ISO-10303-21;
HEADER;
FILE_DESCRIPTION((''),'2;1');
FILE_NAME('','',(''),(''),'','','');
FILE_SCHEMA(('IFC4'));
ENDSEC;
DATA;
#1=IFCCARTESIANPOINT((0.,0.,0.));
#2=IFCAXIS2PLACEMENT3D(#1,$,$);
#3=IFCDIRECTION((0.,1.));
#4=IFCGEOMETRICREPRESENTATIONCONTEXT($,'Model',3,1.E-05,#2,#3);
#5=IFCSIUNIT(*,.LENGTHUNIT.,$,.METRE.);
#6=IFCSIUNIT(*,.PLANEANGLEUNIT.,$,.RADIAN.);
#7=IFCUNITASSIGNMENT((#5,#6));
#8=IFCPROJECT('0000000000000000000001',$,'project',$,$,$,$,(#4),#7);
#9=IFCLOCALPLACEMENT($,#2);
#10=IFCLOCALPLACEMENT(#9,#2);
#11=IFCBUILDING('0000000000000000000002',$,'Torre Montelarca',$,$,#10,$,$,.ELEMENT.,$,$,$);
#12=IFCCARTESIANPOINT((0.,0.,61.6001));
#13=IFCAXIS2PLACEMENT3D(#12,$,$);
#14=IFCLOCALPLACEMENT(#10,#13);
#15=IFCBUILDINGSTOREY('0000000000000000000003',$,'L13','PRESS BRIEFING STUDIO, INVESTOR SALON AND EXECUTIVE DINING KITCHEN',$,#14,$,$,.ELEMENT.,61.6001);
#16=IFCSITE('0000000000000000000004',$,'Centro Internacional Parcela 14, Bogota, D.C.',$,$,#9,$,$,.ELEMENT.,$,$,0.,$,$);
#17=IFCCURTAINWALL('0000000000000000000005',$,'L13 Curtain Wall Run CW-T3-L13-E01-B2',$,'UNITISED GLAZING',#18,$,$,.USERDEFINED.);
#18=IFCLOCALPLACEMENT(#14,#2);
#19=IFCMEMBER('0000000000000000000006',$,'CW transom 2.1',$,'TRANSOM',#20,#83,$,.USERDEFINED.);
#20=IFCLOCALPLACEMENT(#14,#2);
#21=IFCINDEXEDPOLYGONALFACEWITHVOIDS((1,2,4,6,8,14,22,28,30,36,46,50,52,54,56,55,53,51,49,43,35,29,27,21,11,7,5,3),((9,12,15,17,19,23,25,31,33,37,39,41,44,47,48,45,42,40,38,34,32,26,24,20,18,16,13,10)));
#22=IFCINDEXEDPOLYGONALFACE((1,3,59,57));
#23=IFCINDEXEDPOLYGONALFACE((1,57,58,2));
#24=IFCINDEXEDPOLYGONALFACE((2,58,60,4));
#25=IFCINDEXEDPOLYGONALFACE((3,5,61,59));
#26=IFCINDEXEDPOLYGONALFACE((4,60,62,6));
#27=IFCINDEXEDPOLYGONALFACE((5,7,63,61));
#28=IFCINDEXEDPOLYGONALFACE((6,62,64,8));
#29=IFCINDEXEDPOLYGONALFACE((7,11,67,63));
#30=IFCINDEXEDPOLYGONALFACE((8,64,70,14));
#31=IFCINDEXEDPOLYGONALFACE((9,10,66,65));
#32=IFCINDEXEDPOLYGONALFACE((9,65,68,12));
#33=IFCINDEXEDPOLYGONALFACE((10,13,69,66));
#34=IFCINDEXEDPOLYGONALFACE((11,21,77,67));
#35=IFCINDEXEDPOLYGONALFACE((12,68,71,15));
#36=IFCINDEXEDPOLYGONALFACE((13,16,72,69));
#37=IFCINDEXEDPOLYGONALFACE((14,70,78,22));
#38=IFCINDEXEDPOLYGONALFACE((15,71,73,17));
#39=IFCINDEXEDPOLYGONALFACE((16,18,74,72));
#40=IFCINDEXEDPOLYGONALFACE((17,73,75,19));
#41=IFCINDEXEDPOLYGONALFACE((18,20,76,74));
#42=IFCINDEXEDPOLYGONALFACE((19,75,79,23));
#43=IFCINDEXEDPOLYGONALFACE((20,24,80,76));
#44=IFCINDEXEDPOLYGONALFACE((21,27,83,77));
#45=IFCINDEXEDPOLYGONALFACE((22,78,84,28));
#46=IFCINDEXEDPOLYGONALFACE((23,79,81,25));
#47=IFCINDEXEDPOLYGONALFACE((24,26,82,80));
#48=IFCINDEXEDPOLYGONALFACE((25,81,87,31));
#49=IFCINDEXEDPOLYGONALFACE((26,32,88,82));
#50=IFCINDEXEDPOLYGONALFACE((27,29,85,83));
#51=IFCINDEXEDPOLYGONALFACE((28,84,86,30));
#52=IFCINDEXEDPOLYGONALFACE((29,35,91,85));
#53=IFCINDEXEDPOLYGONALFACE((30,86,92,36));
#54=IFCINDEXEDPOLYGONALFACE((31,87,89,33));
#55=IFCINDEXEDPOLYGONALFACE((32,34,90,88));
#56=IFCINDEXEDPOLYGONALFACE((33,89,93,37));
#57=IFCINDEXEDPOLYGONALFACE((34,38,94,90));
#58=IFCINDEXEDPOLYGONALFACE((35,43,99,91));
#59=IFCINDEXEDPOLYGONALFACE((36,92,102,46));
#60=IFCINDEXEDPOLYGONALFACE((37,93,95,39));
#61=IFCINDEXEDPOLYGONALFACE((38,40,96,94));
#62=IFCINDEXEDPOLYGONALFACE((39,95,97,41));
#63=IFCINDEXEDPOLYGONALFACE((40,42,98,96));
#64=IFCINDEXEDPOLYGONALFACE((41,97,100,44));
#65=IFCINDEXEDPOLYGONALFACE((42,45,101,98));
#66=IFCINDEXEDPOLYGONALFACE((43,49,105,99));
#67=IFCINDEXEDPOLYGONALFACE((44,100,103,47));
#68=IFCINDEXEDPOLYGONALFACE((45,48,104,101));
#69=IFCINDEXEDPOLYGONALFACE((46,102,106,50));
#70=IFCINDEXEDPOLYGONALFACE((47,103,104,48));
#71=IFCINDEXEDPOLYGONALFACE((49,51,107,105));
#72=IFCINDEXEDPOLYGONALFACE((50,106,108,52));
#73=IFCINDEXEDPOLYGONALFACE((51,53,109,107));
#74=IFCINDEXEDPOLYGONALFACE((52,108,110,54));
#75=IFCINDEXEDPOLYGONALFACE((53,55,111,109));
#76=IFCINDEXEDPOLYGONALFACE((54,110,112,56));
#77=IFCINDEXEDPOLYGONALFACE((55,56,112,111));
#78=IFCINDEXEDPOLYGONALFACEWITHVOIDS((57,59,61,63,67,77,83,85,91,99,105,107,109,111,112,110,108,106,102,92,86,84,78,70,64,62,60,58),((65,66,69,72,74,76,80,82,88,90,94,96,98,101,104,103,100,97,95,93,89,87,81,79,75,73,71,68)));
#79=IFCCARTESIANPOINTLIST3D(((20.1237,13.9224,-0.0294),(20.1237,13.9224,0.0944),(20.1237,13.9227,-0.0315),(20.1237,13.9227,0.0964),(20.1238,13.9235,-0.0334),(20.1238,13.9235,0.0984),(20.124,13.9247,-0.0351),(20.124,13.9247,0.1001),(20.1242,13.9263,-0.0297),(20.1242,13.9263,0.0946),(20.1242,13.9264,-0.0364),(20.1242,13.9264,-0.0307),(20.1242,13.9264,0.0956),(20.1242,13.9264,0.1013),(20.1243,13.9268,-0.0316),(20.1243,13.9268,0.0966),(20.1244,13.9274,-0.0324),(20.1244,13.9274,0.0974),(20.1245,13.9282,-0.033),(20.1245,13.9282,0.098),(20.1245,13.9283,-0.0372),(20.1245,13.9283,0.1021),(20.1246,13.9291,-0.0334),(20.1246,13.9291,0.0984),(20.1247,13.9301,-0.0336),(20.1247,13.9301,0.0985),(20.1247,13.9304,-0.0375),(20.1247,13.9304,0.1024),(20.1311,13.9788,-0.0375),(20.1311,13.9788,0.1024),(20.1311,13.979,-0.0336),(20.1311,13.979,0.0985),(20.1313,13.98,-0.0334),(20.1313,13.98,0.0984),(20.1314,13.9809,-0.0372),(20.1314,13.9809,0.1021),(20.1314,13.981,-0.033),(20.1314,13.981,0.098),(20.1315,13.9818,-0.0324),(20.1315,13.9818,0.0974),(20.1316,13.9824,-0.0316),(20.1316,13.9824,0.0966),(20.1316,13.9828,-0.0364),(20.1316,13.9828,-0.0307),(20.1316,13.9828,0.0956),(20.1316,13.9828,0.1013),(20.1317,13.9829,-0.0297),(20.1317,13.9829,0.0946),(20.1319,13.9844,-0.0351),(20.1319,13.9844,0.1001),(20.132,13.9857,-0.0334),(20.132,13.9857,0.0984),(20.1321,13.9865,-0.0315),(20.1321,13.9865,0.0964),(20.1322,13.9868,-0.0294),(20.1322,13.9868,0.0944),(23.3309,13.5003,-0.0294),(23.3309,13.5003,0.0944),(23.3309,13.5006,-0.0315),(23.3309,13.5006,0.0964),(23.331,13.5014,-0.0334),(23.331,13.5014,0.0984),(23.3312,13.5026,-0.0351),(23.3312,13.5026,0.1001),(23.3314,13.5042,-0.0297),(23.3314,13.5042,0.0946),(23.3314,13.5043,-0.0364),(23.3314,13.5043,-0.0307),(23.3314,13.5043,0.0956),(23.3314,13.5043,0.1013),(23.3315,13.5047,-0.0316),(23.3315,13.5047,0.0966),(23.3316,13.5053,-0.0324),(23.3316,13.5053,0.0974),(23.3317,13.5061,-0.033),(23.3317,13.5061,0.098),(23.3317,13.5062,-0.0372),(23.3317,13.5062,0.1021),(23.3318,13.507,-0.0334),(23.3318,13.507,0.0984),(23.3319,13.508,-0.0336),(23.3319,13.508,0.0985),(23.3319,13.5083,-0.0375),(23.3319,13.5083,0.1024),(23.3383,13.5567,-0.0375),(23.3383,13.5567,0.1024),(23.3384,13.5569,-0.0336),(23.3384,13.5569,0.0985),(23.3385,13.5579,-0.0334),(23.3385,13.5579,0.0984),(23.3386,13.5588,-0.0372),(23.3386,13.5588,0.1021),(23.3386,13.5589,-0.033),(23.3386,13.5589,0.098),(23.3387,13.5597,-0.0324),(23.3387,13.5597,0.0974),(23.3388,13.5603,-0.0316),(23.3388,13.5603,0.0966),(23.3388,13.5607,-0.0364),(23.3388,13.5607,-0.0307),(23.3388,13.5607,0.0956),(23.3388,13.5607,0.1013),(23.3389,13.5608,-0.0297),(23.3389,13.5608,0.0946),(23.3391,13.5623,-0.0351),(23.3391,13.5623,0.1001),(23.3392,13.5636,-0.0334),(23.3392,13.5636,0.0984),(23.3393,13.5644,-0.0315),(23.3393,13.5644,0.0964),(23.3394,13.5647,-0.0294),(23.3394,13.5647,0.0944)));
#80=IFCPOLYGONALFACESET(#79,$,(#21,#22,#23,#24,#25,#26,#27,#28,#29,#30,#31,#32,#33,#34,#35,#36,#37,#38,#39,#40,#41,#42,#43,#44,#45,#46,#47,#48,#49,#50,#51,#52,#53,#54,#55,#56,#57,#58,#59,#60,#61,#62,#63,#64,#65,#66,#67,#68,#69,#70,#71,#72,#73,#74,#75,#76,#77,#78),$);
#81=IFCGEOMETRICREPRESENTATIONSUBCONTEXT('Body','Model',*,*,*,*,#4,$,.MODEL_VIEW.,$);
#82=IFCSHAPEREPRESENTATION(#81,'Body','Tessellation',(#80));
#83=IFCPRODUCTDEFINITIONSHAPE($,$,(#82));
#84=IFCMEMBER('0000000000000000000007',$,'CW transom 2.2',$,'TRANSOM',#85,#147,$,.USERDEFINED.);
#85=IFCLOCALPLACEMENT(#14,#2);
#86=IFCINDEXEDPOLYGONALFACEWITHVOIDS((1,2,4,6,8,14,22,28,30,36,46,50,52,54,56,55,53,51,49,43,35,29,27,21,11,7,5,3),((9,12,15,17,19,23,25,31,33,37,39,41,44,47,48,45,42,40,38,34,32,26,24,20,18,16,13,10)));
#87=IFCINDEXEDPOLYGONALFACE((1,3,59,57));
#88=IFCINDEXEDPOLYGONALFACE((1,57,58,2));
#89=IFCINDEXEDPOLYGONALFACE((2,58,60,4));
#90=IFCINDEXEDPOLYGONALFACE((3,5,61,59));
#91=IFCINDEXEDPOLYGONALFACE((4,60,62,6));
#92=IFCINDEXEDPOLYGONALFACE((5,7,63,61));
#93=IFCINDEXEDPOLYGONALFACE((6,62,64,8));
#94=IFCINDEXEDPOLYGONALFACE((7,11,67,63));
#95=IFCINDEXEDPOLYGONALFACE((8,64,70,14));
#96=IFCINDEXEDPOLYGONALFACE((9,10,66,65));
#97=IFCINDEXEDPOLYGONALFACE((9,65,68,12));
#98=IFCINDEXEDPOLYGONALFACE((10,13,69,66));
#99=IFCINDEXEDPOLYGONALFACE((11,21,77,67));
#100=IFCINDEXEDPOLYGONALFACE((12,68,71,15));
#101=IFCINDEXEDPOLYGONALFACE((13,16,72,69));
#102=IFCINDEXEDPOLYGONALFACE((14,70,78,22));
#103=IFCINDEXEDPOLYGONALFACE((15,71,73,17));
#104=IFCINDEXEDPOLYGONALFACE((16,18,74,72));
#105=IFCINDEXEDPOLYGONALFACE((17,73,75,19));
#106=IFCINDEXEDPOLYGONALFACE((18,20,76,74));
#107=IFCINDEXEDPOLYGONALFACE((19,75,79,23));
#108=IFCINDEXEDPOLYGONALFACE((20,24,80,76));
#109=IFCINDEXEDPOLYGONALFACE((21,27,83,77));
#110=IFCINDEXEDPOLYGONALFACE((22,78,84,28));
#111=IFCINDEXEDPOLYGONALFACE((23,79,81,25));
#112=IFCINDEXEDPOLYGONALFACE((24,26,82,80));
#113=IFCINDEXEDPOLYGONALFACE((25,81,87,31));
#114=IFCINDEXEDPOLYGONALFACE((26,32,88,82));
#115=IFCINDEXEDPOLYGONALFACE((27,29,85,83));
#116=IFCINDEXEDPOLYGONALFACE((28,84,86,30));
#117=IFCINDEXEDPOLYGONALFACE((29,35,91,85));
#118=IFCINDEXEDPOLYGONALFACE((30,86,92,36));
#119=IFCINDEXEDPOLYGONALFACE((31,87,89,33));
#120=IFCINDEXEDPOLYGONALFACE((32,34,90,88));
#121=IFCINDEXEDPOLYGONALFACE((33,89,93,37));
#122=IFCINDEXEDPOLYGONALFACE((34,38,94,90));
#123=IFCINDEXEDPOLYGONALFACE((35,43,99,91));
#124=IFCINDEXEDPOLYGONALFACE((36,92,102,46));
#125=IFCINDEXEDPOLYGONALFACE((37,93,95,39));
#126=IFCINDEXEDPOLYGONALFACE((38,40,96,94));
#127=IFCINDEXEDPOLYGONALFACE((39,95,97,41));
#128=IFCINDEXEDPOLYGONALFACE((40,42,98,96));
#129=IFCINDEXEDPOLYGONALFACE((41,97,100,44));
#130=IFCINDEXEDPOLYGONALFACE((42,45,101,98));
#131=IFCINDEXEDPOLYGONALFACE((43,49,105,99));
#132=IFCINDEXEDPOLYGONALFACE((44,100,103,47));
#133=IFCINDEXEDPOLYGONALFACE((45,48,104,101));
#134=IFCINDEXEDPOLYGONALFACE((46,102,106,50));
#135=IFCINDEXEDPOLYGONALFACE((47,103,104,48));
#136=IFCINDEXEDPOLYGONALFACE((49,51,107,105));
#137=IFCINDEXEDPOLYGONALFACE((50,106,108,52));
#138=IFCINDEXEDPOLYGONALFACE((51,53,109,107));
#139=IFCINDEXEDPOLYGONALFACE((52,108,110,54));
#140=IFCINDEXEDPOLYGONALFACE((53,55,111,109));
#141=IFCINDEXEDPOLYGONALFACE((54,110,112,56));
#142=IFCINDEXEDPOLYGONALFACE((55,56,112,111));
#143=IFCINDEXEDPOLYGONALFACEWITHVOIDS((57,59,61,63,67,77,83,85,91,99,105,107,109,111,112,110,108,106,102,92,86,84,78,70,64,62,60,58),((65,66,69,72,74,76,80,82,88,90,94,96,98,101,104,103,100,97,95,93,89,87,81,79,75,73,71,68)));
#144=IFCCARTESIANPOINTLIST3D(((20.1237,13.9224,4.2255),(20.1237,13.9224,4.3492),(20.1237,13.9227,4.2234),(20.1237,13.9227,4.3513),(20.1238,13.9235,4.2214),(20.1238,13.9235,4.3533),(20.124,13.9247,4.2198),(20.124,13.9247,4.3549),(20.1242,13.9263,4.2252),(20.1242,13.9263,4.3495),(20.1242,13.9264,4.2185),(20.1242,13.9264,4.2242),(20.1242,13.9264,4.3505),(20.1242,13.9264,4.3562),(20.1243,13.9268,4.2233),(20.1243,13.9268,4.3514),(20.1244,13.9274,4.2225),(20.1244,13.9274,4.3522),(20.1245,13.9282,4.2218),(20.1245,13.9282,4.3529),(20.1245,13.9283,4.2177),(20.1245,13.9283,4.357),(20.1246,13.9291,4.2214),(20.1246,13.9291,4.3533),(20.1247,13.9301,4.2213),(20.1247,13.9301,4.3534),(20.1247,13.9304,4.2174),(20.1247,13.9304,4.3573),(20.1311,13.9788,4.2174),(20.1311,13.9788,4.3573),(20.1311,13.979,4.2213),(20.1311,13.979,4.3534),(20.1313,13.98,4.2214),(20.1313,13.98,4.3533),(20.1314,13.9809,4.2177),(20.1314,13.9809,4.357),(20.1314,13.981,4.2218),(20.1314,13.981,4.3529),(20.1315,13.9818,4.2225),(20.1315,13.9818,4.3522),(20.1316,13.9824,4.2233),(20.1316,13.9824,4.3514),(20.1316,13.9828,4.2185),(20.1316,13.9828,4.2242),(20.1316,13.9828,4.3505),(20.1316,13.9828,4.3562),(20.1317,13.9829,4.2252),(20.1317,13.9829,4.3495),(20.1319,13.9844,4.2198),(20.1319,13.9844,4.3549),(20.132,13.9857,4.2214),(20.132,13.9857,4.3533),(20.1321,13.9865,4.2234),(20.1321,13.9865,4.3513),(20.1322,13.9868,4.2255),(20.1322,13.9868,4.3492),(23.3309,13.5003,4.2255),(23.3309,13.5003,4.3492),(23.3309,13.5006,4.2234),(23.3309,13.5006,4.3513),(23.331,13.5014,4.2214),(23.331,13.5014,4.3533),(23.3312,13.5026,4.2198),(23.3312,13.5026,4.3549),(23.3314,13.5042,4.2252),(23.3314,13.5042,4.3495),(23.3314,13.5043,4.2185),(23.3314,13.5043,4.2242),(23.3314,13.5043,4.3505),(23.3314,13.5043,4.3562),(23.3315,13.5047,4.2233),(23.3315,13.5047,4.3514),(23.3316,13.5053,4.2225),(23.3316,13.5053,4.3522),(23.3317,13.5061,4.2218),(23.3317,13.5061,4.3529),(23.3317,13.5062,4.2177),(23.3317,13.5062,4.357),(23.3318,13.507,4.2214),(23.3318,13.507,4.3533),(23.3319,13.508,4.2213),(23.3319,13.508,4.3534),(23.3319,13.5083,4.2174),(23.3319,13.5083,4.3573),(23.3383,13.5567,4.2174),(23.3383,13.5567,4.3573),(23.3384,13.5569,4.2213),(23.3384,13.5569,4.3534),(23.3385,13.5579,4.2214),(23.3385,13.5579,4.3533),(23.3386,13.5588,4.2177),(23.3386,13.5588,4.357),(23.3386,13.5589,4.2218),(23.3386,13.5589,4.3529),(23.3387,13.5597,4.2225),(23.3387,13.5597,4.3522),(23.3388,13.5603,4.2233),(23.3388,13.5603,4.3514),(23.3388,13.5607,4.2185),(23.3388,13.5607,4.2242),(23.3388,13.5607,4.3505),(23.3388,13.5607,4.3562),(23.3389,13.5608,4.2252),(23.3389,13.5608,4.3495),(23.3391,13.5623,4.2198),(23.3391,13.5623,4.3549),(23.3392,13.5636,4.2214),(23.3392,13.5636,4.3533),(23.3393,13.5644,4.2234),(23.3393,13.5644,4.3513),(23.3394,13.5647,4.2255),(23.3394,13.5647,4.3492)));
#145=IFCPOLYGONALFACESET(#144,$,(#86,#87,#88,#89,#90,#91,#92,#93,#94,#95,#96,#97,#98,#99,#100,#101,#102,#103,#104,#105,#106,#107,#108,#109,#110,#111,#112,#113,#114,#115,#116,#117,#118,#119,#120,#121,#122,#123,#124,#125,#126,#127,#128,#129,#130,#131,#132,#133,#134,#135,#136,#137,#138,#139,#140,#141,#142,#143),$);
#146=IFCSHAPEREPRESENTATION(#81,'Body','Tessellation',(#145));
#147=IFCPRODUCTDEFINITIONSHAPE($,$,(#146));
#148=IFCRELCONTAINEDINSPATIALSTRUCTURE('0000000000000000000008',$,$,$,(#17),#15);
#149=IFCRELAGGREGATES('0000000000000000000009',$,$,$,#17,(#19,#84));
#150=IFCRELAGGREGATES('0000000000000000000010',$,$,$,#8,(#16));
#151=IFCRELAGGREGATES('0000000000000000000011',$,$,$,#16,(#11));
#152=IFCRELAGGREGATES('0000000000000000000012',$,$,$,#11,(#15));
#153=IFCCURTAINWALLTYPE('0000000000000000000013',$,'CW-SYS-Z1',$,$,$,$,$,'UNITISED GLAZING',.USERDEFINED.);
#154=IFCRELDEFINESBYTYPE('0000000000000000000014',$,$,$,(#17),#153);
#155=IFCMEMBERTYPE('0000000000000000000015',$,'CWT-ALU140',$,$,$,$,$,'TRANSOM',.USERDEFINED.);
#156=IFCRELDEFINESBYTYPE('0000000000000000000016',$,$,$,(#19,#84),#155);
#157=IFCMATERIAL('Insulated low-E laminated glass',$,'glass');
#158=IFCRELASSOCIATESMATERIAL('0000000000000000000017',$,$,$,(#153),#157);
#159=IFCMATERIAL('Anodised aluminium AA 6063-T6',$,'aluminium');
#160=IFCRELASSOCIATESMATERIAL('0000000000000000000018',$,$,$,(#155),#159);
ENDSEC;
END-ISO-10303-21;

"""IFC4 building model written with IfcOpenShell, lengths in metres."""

from ifc_helpers import new_model, si_unit, direction, frame, origin, origin_2d, place, context, subcontext, project, spatial, hollow_rectangle, extrude, source, transform, mapped, material, material_profile, profile_set, type_object, element, aggregate, save


model = new_model("IFC4")

# Units and contexts
model_context = context("Model", 3, precision=1e-05, world=origin(), true_north=direction((0.0, 1.0)))
body_context = subcontext(model_context, "Body", "Model", "MODEL_VIEW")
ifc_project = project(units=[si_unit("LENGTHUNIT", "METRE"), si_unit("PLANEANGLEUNIT", "RADIAN")], contexts=[model_context])

# Site, building, storey
site_placement = place(None, origin())
site = spatial("IfcSite", under=ifc_project, at=site_placement, Name="Centro Internacional Parcela 14, Bogota, D.C.", CompositionType="ELEMENT", RefElevation=0.0)
building_placement = place(site_placement, origin())
building = spatial("IfcBuilding", under=site, at=building_placement, Name="Torre Montelarca", CompositionType="ELEMENT")
storey_placement = place(building_placement, frame((0.0, 0.0, 61.6001)))
storey = spatial("IfcBuildingStorey", under=building, at=storey_placement, Name="L13", Description="PRESS BRIEFING STUDIO, INVESTOR SALON AND EXECUTIVE DINING KITCHEN", CompositionType="ELEMENT", Elevation=61.6001)

# Shared definitions
ifc_material_1 = material(Name="Insulated low-E laminated glass", Category="glass")
curtain_wall_type = type_object("IfcCurtainWallType", Name="CW-SYS-Z1", ElementType="UNITISED GLAZING", PredefinedType="USERDEFINED", material=ifc_material_1)
ifc_material_2 = material(Name="Anodised aluminium AA 6063-T6", Category="aluminium")
ifc_material_profile_1 = material_profile(ifc_material_2, hollow_rectangle(XDim=0.0649, YDim=0.1399, WallThickness=0.0039, InnerFilletRadius=0.0039, OuterFilletRadius=0.0081, at=origin_2d()), Name="ALU65X140X4", Category="aluminium")
ifc_profile_set_1 = profile_set([ifc_material_profile_1], Name="Anodised aluminium AA 6063-T6")
member_type_1 = type_object("IfcMemberType", Name="CWT-ALU140", ElementType="TRANSOM", PredefinedType="USERDEFINED", material=ifc_profile_set_1)

# Curtain wall
curtain_wall_1_placement = place(storey_placement, origin())
curtain_wall_1 = element("IfcCurtainWall", 1, at=curtain_wall_1_placement, inside=storey, type_object=curtain_wall_type, Name="L13 Curtain Wall Run CW-T3-L13-E01-B2", ObjectType="UNITISED GLAZING", PredefinedType="USERDEFINED")

# Members
shared_shape_1 = source(origin(), body_context, "Body", "SweptSolid", [
    extrude(hollow_rectangle(XDim=0.0649, YDim=0.1399, WallThickness=0.0039, InnerFilletRadius=0.0039, OuterFilletRadius=0.0081, at=origin_2d()), origin(), (0.0, 0.0, 1.0), 3.2349),
])
member_1_placement = place(storey_placement, frame((20.1279, 13.9546, 0.0325), z_axis=(0.99145, -0.130488, 0.0), x_axis=(0.130488, 0.99145, 0.0)))
member_1 = element("IfcMember", 2, at=member_1_placement, type_object=member_type_1, Name="CW transom 2.1", ObjectType="TRANSOM", PredefinedType="USERDEFINED", context=body_context, shape_type="MappedRepresentation", body=[
    mapped(shared_shape_1, transform((0.0, 0.0, 0.0), scale=1.0)),
])
member_2_placement = place(storey_placement, frame((20.1279, 13.9546, 4.2874), z_axis=(0.99145, -0.130488, 0.0), x_axis=(0.130488, 0.99145, 0.0)))
member_2 = element("IfcMember", 3, at=member_2_placement, type_object=member_type_1, Name="CW transom 2.2", ObjectType="TRANSOM", PredefinedType="USERDEFINED", context=body_context, shape_type="MappedRepresentation", body=[
    mapped(shared_shape_1, transform((0.0, 0.0, 0.0), scale=1.0)),
])

aggregate(curtain_wall_1, [member_1, member_2])

save(model, "model.ifc")
